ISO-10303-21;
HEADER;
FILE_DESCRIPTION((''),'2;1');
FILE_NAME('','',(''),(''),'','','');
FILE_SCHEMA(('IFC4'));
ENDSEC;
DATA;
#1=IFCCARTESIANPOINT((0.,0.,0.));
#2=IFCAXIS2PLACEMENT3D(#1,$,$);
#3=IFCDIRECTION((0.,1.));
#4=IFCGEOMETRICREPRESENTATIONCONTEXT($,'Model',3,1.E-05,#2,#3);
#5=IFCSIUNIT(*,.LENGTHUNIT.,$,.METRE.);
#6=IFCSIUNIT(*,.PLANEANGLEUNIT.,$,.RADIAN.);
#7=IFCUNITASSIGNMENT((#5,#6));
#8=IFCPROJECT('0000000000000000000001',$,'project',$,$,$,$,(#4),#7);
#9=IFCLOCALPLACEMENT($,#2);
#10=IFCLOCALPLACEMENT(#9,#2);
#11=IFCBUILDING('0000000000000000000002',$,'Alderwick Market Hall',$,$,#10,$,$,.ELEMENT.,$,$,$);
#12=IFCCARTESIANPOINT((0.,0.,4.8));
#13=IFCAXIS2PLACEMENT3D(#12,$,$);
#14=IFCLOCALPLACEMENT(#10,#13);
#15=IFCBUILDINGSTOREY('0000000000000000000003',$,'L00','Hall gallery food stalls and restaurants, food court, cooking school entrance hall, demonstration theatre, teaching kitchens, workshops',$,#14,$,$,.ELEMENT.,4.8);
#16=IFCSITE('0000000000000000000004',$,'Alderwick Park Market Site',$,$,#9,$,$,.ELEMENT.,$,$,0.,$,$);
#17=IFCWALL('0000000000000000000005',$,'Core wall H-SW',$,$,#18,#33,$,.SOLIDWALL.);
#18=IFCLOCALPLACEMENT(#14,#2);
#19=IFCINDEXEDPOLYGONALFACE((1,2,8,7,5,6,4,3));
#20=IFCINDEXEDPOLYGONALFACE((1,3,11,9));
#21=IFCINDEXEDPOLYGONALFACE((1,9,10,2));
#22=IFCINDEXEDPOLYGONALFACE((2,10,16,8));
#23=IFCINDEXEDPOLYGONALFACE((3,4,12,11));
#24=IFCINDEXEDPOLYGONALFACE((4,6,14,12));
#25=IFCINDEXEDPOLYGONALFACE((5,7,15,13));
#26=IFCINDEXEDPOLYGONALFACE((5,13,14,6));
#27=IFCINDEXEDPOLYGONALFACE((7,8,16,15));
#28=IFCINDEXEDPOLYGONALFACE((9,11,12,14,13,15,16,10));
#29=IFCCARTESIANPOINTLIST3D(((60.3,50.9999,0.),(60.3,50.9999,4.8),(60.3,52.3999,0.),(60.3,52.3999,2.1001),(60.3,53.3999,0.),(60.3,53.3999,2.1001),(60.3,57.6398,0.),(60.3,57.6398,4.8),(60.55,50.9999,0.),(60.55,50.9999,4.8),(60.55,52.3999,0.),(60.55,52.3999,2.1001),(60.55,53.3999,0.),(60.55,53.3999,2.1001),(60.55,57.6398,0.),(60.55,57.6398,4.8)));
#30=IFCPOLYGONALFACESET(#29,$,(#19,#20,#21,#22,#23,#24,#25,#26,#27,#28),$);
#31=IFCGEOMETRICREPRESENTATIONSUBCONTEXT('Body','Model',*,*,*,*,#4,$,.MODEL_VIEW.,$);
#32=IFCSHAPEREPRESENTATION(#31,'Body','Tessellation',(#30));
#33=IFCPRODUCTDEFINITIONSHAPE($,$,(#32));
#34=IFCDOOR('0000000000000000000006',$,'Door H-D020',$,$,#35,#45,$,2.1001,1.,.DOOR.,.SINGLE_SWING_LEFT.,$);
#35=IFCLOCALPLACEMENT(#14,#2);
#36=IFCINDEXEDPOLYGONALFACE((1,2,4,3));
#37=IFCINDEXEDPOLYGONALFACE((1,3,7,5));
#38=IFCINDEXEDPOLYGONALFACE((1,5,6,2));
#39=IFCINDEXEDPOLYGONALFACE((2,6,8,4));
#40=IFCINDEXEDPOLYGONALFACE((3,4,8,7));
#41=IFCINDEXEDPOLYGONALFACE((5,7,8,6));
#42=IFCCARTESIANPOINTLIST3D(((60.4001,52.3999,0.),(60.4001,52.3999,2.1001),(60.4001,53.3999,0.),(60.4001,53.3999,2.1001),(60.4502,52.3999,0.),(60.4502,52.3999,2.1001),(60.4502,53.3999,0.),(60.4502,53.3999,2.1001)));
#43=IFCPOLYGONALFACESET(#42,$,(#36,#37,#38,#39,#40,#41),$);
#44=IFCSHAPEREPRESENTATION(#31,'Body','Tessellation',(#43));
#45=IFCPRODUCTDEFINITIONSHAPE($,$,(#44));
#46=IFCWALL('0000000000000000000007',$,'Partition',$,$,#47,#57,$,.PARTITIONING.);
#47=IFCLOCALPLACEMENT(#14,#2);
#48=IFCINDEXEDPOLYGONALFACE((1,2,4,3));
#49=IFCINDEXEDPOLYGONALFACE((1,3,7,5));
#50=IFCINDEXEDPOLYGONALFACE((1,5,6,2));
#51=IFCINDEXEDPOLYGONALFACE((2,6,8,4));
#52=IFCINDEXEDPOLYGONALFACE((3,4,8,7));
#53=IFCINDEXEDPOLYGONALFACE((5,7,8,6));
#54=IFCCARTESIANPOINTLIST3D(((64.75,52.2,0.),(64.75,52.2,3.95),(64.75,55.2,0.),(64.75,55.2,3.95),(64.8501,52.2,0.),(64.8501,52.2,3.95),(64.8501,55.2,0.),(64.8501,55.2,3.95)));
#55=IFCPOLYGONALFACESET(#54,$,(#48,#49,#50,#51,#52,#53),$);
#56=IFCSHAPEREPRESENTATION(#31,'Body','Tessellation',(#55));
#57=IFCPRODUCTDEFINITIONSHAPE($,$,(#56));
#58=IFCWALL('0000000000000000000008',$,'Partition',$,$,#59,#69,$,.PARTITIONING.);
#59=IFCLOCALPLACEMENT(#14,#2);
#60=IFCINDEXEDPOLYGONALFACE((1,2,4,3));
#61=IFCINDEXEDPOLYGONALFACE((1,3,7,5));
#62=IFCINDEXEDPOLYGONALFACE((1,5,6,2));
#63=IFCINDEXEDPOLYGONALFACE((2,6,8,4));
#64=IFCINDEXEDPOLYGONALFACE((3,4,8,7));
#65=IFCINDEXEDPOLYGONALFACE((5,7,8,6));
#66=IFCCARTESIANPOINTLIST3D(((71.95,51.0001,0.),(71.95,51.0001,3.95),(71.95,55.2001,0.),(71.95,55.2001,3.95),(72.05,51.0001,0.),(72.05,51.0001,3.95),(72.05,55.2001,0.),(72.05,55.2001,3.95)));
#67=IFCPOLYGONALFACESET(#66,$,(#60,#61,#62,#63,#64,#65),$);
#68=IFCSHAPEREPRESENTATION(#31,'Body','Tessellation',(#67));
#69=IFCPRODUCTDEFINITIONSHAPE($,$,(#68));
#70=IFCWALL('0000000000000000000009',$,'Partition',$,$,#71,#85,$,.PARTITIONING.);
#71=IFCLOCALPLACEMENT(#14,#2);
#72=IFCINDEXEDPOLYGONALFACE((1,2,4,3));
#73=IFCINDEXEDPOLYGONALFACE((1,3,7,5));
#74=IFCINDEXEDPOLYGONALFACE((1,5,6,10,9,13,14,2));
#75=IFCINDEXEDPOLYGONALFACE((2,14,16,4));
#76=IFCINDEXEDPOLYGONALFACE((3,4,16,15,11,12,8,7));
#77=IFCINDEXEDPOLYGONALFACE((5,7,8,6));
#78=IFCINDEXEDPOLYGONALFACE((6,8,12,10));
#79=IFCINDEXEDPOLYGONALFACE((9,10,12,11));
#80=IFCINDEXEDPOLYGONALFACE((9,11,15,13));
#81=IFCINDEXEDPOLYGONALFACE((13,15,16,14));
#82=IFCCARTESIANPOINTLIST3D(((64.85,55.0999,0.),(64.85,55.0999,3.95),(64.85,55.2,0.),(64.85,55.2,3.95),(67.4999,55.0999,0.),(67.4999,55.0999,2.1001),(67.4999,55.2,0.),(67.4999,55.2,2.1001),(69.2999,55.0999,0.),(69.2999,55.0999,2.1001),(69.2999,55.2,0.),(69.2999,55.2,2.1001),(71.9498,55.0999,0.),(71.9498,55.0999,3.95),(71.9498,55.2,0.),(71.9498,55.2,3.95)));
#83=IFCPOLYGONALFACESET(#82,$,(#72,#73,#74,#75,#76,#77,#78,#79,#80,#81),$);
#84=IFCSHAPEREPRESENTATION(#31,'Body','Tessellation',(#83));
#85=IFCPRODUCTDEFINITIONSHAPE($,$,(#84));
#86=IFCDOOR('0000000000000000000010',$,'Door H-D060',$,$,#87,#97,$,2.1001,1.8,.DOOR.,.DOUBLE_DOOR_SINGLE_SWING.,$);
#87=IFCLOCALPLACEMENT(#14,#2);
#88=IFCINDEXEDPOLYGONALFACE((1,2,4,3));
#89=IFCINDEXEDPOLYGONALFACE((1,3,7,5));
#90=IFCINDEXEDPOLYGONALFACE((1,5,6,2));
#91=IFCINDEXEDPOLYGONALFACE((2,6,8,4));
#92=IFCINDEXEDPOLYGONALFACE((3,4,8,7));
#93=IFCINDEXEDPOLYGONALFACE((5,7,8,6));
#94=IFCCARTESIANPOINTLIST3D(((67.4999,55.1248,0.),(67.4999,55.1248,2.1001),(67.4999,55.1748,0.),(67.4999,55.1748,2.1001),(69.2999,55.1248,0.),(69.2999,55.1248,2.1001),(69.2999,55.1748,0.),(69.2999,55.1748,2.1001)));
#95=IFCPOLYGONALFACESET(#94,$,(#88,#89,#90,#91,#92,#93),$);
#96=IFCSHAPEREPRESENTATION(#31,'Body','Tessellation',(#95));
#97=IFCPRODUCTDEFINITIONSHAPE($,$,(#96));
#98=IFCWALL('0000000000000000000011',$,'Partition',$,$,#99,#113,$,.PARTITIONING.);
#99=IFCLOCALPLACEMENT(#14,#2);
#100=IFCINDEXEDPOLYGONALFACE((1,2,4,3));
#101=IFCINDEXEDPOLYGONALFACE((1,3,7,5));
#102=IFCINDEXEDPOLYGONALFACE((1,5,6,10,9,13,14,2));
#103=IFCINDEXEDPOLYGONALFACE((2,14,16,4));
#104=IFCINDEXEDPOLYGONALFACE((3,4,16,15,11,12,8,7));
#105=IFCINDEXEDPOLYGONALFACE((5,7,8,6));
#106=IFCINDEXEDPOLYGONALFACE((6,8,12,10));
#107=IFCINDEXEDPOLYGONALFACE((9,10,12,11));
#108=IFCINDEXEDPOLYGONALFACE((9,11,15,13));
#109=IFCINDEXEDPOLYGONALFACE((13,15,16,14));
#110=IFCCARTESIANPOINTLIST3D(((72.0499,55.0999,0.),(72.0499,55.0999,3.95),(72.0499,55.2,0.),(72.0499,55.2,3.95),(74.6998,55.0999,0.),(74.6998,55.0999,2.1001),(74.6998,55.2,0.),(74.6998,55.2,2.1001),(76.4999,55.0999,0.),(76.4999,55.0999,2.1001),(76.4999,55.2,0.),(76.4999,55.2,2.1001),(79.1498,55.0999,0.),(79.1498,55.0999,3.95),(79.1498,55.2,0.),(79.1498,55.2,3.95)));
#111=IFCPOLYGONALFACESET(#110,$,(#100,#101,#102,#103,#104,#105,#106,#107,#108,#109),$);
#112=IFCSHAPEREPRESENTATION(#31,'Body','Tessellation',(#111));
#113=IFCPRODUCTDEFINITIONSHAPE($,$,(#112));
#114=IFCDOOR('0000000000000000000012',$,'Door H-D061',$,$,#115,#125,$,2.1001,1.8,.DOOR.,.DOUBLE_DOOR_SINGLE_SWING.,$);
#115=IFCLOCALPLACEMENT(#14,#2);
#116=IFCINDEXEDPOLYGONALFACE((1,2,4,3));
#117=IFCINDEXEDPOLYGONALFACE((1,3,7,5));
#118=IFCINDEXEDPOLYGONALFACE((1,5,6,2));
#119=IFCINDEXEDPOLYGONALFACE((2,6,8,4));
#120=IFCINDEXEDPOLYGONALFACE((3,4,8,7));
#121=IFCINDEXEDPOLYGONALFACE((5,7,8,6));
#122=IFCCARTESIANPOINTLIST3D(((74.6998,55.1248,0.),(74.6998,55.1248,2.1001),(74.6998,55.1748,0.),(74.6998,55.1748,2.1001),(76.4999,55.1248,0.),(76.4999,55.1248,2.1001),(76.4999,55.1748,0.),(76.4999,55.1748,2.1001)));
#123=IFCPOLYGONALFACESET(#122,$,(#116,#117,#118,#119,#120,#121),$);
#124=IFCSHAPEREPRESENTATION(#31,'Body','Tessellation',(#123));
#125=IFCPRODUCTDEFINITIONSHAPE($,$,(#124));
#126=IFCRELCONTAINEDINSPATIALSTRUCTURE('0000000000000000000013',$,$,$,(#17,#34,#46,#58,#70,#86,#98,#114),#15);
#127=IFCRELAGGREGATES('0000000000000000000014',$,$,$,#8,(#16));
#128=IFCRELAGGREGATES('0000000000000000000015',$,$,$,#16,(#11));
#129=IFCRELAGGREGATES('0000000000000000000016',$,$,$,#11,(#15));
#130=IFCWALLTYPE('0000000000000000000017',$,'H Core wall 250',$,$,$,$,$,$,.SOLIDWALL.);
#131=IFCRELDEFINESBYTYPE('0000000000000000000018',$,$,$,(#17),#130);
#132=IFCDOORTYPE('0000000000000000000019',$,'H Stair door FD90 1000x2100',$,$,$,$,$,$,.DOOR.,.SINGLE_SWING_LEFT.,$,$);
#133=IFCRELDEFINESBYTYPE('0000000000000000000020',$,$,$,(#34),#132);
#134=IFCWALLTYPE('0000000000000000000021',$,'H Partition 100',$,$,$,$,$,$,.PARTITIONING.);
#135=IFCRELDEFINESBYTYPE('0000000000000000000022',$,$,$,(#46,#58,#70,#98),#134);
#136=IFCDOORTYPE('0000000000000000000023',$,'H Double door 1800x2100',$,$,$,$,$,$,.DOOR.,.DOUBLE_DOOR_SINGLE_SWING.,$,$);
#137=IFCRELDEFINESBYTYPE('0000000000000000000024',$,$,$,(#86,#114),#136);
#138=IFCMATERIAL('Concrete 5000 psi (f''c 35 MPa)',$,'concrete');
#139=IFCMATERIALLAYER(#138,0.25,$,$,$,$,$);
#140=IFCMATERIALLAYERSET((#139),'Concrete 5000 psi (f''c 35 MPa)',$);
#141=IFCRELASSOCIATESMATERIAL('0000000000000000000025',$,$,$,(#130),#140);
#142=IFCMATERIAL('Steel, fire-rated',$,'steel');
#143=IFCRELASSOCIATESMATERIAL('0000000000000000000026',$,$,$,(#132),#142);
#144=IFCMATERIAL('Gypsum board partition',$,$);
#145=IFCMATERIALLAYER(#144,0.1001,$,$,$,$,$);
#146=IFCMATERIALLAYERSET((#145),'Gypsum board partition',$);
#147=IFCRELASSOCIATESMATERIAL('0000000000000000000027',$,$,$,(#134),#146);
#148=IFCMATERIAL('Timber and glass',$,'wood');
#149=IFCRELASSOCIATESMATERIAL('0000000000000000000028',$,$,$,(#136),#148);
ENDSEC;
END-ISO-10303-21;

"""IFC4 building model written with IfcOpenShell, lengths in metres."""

from ifc_helpers import new_model, si_unit, direction, frame, frame_2d, origin, place, context, subcontext, project, spatial, rectangle, extrude, material, layer, layer_set, type_object, element, fill, save


model = new_model("IFC4")

# Units and contexts
model_context = context("Model", 3, precision=1e-05, world=origin(), true_north=direction((0.0, 1.0)))
body_context = subcontext(model_context, "Body", "Model", "MODEL_VIEW")
ifc_project = project(units=[si_unit("LENGTHUNIT", "METRE"), si_unit("PLANEANGLEUNIT", "RADIAN")], contexts=[model_context])

# Site, building, storey
site_placement = place(None, origin())
site = spatial("IfcSite", under=ifc_project, at=site_placement, Name="Alderwick Park Market Site", CompositionType="ELEMENT", RefElevation=0.0)
building_placement = place(site_placement, origin())
building = spatial("IfcBuilding", under=site, at=building_placement, Name="Alderwick Market Hall", CompositionType="ELEMENT")
storey_placement = place(building_placement, frame((0.0, 0.0, 4.8)))
storey = spatial("IfcBuildingStorey", under=building, at=storey_placement, Name="L00", Description="Hall gallery food stalls and restaurants, food court, cooking school entrance hall, demonstration theatre, teaching kitchens, workshops", CompositionType="ELEMENT", Elevation=4.8)

# Shared definitions
ifc_material_1 = material(Name="Concrete 5000 psi (f'c 35 MPa)", Category="concrete")

# Wall, opening, door
ifc_layer_1 = layer(ifc_material_1, 0.25)
ifc_layer_set_1 = layer_set([ifc_layer_1], Name="Concrete 5000 psi (f'c 35 MPa)")
wall_type_1 = type_object("IfcWallType", Name="H Core wall 250", PredefinedType="SOLIDWALL", material=ifc_layer_set_1)
wall_1_placement = place(storey_placement, frame((60.425, 51.0, 0.0), z_axis=(0.0, 0.0, 1.0), x_axis=(0.0, 1.0, 0.0)))
wall_1 = element("IfcWall", 1, at=wall_1_placement, inside=storey, type_object=wall_type_1, Name="Core wall H-SW", PredefinedType="SOLIDWALL", context=body_context, shape_type="SweptSolid", body=[
    extrude(rectangle(XDim=6.6399, YDim=0.25, at=frame_2d((3.3198, 0.0))), origin(), (0.0, 0.0, 1.0), 4.8),
])
opening_1_placement = place(wall_1_placement, frame((1.3999, 0.0, 0.0)))
opening_1 = element("IfcOpeningElement", 2, at=opening_1_placement, cuts=wall_1, PredefinedType="OPENING", context=body_context, shape_type="SweptSolid", body=[
    extrude(rectangle(XDim=1.0, YDim=2.1001, at=frame_2d((0.5, 1.05))), frame((0.0, 0.135, 0.0), z_axis=(0.0, -1.0, 0.0), x_axis=(1.0, 0.0, 0.0)), (0.0, 0.0, 1.0), 0.27),
])
ifc_material_2 = material(Name="Steel, fire-rated", Category="steel")
door_type_1 = type_object("IfcDoorType", Name="H Stair door FD90 1000x2100", OperationType="SINGLE_SWING_LEFT", PredefinedType="DOOR", material=ifc_material_2)
door_1_placement = place(opening_1_placement, origin())
door_1 = element("IfcDoor", 3, at=door_1_placement, inside=storey, type_object=door_type_1, Name="Door H-D020", OperationType="SINGLE_SWING_LEFT", OverallHeight=2.1001, OverallWidth=1.0, PredefinedType="DOOR", context=body_context, shape_type="SweptSolid", body=[
    extrude(rectangle(XDim=1.0, YDim=2.1001, at=frame_2d((0.5, 1.05))), frame((0.0, 0.0249, 0.0), z_axis=(0.0, -1.0, 0.0), x_axis=(1.0, 0.0, 0.0)), (0.0, 0.0, 1.0), 0.05),
])
fill(opening_1, door_1)

# Walls
ifc_material_3 = material(Name="Gypsum board partition")
ifc_layer_2 = layer(ifc_material_3, 0.1001)
ifc_layer_set_2 = layer_set([ifc_layer_2], Name="Gypsum board partition")
wall_type_2 = type_object("IfcWallType", Name="H Partition 100", PredefinedType="PARTITIONING", material=ifc_layer_set_2)
wall_2_placement = place(storey_placement, frame((64.8, 52.2, 0.0), z_axis=(0.0, 0.0, 1.0), x_axis=(0.0, 1.0, 0.0)))
element("IfcWall", 4, at=wall_2_placement, inside=storey, type_object=wall_type_2, Name="Partition", PredefinedType="PARTITIONING", context=body_context, shape_type="SweptSolid", body=[
    extrude(rectangle(XDim=3.0, YDim=0.1001, at=frame_2d((1.5, 0.0))), origin(), (0.0, 0.0, 1.0), 3.95),
])
wall_3_placement = place(storey_placement, frame((72.0, 51.0, 0.0), z_axis=(0.0, 0.0, 1.0), x_axis=(0.0, 1.0, 0.0)))
element("IfcWall", 5, at=wall_3_placement, inside=storey, type_object=wall_type_2, Name="Partition", PredefinedType="PARTITIONING", context=body_context, shape_type="SweptSolid", body=[
    extrude(rectangle(XDim=4.2, YDim=0.1001, at=frame_2d((2.1001, 0.0))), origin(), (0.0, 0.0, 1.0), 3.95),
])

# Walls, openings, doors
wall_4_placement = place(storey_placement, frame((64.8501, 55.1499, 0.0), z_axis=(0.0, 0.0, 1.0), x_axis=(1.0, 0.0, 0.0)))
wall_4 = element("IfcWall", 6, at=wall_4_placement, inside=storey, type_object=wall_type_2, Name="Partition", PredefinedType="PARTITIONING", context=body_context, shape_type="SweptSolid", body=[
    extrude(rectangle(XDim=7.0999, YDim=0.1001, at=frame_2d((3.5498, 0.0))), origin(), (0.0, 0.0, 1.0), 3.95),
])
opening_2_placement = place(wall_4_placement, frame((2.6499, 0.0, 0.0)))
opening_2 = element("IfcOpeningElement", 7, at=opening_2_placement, cuts=wall_4, PredefinedType="OPENING", context=body_context, shape_type="SweptSolid", body=[
    extrude(rectangle(XDim=1.8, YDim=2.1001, at=frame_2d((0.8999, 1.05))), frame((0.0, 0.0601, 0.0), z_axis=(0.0, -1.0, 0.0), x_axis=(1.0, 0.0, 0.0)), (0.0, 0.0, 1.0), 0.1201),
])
ifc_material_4 = material(Name="Timber and glass", Category="wood")
door_type_2 = type_object("IfcDoorType", Name="H Double door 1800x2100", OperationType="DOUBLE_DOOR_SINGLE_SWING", PredefinedType="DOOR", material=ifc_material_4)
door_2_placement = place(opening_2_placement, origin())
door_2 = element("IfcDoor", 8, at=door_2_placement, inside=storey, type_object=door_type_2, Name="Door H-D060", OperationType="DOUBLE_DOOR_SINGLE_SWING", OverallHeight=2.1001, OverallWidth=1.8, PredefinedType="DOOR", context=body_context, shape_type="SweptSolid", body=[
    extrude(rectangle(XDim=1.8, YDim=2.1001, at=frame_2d((0.8999, 1.05))), frame((0.0, 0.0249, 0.0), z_axis=(0.0, -1.0, 0.0), x_axis=(1.0, 0.0, 0.0)), (0.0, 0.0, 1.0), 0.05),
])
fill(opening_2, door_2)
wall_5_placement = place(storey_placement, frame((72.05, 55.1499, 0.0), z_axis=(0.0, 0.0, 1.0), x_axis=(1.0, 0.0, 0.0)))
wall_5 = element("IfcWall", 9, at=wall_5_placement, inside=storey, type_object=wall_type_2, Name="Partition", PredefinedType="PARTITIONING", context=body_context, shape_type="SweptSolid", body=[
    extrude(rectangle(XDim=7.0999, YDim=0.1001, at=frame_2d((3.5498, 0.0))), origin(), (0.0, 0.0, 1.0), 3.95),
])
opening_3_placement = place(wall_5_placement, frame((2.6499, 0.0, 0.0)))
opening_3 = element("IfcOpeningElement", 10, at=opening_3_placement, cuts=wall_5, PredefinedType="OPENING", context=body_context, shape_type="SweptSolid", body=[
    extrude(rectangle(XDim=1.8, YDim=2.1001, at=frame_2d((0.8999, 1.05))), frame((0.0, 0.0601, 0.0), z_axis=(0.0, -1.0, 0.0), x_axis=(1.0, 0.0, 0.0)), (0.0, 0.0, 1.0), 0.1201),
])
door_3_placement = place(opening_3_placement, origin())
door_3 = element("IfcDoor", 11, at=door_3_placement, inside=storey, type_object=door_type_2, Name="Door H-D061", OperationType="DOUBLE_DOOR_SINGLE_SWING", OverallHeight=2.1001, OverallWidth=1.8, PredefinedType="DOOR", context=body_context, shape_type="SweptSolid", body=[
    extrude(rectangle(XDim=1.8, YDim=2.1001, at=frame_2d((0.8999, 1.05))), frame((0.0, 0.0249, 0.0), z_axis=(0.0, -1.0, 0.0), x_axis=(1.0, 0.0, 0.0)), (0.0, 0.0, 1.0), 0.05),
])
fill(opening_3, door_3)

save(model, "model.ifc")
